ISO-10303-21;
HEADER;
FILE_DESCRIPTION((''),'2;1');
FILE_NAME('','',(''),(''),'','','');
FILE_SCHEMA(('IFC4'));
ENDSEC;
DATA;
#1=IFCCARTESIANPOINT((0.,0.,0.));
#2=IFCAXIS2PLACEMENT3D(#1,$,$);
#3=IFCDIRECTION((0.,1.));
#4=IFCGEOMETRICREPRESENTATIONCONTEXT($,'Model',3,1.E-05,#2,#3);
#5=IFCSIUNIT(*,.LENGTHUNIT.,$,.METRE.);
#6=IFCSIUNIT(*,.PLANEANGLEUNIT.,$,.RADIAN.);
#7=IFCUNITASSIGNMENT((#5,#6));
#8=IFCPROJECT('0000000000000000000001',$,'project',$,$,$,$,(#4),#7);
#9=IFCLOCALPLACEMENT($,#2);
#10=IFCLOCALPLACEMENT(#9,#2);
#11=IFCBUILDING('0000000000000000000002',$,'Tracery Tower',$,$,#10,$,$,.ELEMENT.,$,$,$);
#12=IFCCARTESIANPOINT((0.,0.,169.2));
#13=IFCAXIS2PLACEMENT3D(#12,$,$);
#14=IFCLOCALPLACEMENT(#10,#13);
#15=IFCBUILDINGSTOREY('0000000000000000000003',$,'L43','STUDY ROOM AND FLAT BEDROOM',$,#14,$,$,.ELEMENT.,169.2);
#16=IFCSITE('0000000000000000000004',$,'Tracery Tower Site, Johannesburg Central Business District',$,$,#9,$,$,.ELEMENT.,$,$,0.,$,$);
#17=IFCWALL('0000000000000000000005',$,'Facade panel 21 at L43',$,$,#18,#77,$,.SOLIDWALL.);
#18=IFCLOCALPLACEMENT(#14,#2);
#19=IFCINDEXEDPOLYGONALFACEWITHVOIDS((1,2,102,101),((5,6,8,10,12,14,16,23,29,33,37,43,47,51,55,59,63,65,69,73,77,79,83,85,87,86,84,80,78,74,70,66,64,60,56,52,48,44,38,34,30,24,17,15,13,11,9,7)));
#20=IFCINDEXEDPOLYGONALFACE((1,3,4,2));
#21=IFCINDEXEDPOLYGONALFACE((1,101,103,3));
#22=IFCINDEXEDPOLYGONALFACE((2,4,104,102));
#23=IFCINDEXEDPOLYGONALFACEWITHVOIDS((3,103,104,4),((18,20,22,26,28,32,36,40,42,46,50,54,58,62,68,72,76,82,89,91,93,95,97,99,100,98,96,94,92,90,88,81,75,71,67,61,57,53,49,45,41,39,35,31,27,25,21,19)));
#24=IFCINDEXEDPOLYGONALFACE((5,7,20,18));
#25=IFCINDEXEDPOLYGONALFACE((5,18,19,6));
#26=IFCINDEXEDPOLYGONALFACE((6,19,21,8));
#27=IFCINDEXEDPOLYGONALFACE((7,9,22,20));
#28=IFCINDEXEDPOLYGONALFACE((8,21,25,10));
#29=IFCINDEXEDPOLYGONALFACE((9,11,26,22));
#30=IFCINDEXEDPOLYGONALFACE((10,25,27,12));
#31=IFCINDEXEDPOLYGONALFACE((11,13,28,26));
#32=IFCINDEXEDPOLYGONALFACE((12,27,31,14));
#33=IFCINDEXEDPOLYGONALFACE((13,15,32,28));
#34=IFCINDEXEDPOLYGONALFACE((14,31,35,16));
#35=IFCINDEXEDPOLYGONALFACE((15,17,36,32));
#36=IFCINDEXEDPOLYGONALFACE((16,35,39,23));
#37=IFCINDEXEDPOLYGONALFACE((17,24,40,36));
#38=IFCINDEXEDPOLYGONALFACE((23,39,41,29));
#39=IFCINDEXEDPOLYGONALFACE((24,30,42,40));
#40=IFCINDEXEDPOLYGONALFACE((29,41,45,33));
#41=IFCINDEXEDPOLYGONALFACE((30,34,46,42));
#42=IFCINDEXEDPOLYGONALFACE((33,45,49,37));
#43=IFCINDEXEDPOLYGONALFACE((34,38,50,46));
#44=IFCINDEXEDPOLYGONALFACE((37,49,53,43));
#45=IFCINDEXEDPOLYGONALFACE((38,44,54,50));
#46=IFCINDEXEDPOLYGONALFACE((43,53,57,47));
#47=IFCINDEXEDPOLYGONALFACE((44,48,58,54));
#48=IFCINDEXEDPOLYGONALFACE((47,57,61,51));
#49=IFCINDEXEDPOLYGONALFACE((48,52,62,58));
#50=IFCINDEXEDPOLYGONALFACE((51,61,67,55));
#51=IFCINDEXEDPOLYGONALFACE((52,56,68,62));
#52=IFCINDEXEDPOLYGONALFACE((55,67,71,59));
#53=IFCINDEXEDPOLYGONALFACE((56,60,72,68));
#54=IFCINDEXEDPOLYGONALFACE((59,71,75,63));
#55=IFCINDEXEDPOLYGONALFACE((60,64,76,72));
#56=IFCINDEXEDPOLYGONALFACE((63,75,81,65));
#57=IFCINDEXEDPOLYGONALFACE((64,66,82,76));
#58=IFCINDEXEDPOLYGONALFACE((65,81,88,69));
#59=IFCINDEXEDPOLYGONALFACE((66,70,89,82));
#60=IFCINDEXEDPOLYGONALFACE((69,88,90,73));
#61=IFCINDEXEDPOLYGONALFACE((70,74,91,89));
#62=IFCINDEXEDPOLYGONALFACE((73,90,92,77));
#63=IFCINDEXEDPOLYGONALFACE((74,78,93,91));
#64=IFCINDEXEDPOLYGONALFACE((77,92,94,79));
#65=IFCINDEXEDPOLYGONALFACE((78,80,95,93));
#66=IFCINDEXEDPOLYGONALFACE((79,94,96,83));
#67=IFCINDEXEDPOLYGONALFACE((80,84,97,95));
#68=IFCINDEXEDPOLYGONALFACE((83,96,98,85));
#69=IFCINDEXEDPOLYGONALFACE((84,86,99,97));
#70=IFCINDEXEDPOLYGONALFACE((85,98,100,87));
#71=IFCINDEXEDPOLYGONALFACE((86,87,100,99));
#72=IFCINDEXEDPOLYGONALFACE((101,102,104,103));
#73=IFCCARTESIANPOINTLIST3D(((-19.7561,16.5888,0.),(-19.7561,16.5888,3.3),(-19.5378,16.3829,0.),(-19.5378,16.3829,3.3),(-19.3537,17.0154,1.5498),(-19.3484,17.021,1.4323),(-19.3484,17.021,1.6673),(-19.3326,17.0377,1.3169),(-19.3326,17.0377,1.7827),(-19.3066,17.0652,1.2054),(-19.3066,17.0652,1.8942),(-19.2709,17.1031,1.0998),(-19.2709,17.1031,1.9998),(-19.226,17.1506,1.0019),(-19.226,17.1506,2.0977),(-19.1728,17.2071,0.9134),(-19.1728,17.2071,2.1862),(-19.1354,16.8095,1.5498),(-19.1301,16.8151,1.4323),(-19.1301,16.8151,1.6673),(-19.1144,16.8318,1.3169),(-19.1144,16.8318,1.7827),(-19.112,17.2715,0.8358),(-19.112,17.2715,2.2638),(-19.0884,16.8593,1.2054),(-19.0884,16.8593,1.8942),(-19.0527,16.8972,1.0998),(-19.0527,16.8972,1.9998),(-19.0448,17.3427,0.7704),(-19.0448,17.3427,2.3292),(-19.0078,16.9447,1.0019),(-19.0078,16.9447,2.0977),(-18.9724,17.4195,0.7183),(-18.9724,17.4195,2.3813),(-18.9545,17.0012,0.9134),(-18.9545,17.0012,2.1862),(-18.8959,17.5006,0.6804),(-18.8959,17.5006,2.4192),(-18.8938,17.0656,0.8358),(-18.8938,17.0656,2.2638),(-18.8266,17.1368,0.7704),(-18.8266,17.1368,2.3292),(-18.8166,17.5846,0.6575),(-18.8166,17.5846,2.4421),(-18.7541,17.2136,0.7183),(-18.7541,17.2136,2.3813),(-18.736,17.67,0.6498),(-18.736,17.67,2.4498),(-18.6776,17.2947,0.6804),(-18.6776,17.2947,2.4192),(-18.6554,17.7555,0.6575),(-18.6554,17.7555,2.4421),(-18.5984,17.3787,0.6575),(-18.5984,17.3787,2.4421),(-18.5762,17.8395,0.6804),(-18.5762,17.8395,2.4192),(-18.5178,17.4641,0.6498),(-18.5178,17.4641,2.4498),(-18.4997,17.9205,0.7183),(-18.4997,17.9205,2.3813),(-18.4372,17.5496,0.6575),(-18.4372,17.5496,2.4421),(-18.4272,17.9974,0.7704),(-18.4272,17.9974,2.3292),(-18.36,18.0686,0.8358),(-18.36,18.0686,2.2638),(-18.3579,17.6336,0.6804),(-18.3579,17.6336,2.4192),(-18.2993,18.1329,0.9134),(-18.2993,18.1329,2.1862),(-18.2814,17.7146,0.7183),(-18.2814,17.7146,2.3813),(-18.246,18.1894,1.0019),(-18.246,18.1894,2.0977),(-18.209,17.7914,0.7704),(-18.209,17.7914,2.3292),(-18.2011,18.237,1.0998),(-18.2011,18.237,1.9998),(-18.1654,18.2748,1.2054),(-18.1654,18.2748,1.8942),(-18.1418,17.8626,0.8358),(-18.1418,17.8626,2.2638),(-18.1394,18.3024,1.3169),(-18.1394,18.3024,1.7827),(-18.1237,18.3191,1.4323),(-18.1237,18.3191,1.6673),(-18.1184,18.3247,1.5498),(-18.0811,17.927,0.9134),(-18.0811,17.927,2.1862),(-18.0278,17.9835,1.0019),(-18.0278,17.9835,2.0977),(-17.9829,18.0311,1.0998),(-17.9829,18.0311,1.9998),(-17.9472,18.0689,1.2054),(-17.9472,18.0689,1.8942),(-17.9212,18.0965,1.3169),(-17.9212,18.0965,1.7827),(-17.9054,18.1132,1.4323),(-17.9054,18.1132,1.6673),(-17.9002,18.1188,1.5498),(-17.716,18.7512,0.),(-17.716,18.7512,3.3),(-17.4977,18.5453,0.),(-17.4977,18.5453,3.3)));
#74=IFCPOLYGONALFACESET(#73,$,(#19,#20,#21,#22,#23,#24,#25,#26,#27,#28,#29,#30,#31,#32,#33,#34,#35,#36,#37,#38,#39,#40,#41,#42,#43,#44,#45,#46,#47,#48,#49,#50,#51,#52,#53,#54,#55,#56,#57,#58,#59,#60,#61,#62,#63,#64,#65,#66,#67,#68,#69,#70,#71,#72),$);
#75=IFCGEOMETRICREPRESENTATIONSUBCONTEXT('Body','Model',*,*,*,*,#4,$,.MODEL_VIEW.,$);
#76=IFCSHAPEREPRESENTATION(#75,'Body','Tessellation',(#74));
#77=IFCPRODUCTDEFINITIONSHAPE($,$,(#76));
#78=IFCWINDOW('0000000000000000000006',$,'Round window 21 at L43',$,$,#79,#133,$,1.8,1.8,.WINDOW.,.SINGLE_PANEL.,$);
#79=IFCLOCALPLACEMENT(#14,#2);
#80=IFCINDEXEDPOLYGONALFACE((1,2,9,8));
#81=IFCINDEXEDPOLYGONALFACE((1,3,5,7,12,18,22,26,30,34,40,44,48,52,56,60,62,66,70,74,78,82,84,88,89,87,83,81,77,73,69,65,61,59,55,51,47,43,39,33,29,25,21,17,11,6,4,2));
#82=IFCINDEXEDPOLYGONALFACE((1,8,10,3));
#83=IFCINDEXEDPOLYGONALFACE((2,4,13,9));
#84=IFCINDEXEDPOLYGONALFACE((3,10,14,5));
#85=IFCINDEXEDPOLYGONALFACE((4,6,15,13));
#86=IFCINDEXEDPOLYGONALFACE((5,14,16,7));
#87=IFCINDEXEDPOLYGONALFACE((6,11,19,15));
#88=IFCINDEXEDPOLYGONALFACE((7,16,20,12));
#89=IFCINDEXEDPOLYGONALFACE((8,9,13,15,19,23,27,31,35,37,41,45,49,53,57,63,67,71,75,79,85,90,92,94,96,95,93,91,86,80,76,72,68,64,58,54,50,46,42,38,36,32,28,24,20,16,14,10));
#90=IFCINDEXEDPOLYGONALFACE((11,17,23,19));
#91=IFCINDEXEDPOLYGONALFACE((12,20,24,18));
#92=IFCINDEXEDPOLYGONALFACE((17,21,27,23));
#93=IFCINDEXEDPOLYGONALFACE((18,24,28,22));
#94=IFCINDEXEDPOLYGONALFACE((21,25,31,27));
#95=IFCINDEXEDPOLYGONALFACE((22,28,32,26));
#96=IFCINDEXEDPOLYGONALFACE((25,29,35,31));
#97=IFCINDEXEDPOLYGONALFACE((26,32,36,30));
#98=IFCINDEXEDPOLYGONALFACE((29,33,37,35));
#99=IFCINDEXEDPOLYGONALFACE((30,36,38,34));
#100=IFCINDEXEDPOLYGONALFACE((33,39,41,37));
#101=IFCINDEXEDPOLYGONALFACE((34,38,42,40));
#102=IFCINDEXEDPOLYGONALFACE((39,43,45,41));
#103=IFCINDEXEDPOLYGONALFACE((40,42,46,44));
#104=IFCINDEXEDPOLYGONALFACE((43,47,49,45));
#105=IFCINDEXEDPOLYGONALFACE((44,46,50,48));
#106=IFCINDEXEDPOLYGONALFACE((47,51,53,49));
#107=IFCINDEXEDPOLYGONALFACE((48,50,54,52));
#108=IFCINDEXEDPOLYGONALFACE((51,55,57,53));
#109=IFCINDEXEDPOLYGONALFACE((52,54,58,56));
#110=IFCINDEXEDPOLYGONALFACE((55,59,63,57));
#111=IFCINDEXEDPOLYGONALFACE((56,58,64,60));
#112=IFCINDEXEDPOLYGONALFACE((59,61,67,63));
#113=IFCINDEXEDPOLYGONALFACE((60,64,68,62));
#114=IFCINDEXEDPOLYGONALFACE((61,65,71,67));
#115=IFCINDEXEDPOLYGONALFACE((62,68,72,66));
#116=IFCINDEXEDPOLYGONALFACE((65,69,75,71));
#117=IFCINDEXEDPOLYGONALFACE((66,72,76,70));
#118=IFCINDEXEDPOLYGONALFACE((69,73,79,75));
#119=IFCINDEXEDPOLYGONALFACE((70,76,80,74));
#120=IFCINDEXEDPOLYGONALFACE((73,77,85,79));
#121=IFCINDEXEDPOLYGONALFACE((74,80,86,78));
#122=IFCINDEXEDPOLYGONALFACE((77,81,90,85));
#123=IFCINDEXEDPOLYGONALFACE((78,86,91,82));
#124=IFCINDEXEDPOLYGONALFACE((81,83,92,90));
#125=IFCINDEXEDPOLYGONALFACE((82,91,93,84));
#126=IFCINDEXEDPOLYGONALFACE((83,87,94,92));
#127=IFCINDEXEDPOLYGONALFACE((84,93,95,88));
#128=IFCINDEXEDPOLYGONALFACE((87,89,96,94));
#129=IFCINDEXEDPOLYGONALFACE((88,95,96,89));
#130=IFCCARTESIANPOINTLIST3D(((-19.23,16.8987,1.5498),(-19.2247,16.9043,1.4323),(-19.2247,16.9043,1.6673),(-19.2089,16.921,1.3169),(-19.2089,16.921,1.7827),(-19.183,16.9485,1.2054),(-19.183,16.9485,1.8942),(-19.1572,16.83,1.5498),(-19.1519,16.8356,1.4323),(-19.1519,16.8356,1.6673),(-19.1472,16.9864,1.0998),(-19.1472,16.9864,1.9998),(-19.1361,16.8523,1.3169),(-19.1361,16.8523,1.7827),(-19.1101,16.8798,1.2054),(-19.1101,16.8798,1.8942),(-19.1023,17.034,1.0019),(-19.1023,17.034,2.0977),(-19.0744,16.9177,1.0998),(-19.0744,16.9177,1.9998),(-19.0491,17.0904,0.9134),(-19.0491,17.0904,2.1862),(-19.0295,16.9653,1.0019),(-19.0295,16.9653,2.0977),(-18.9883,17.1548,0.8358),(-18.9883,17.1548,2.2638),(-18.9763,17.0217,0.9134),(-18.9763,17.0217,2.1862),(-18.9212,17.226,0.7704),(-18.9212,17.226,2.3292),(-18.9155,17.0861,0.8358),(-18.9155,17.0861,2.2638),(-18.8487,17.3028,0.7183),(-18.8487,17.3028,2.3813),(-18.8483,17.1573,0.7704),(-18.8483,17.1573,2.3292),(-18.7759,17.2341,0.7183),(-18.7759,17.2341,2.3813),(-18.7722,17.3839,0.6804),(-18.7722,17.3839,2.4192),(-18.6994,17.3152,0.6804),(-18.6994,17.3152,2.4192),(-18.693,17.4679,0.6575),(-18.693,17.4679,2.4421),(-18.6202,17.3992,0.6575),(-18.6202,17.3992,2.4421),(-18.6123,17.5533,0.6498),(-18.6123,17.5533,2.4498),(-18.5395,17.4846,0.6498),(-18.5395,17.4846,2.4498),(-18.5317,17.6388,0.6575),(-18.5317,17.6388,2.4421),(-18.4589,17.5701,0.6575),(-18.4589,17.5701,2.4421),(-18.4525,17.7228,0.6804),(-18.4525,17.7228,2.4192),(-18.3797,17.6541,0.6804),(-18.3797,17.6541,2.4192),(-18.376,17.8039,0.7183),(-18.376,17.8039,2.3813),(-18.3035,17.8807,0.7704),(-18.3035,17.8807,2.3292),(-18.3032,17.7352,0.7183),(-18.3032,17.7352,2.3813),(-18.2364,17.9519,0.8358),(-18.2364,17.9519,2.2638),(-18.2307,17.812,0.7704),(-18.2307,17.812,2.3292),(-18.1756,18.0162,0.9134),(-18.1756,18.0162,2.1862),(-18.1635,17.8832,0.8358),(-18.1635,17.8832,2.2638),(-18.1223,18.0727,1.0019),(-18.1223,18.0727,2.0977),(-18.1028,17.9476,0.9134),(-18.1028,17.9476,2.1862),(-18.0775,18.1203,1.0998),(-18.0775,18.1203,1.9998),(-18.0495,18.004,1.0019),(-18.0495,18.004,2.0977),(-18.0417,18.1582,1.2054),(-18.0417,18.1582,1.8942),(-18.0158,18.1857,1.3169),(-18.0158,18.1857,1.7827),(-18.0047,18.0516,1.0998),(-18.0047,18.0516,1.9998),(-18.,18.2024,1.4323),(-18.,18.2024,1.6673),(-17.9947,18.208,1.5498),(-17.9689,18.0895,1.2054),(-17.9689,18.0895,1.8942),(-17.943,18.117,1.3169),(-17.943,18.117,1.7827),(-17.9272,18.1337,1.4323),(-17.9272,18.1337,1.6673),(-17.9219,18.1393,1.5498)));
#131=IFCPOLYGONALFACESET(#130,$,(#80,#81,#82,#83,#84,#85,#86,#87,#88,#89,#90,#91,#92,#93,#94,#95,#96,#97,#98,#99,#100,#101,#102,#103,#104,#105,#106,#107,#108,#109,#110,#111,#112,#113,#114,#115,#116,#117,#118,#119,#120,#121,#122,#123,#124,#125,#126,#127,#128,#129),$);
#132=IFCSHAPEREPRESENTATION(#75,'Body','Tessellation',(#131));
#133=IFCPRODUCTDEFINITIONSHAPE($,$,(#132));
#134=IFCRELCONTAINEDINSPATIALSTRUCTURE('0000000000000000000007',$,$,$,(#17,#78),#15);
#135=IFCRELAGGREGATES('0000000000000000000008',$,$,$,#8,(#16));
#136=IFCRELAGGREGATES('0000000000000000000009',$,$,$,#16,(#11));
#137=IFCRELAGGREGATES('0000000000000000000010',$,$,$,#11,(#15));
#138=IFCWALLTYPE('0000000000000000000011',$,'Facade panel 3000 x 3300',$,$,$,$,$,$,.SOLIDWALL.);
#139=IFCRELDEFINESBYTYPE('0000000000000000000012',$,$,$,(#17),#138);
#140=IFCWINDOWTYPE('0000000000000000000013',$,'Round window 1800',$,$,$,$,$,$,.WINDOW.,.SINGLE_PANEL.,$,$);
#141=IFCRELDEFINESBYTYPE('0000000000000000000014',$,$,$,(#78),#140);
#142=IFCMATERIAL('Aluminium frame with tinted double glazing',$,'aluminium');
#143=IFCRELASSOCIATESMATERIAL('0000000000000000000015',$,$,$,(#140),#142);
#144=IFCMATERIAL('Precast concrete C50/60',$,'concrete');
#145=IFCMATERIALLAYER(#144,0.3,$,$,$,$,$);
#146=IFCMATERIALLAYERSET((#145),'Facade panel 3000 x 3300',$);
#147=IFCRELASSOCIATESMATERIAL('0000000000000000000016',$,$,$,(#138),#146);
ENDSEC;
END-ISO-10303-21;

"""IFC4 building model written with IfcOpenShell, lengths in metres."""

from ifc_helpers import new_model, si_unit, direction, frame, frame_2d, origin, origin_2d, place, context, subcontext, project, spatial, rectangle, circle, extrude, material, layer, layer_set, type_object, element, fill, save


model = new_model("IFC4")

# Units and contexts
model_context = context("Model", 3, precision=1e-05, world=origin(), true_north=direction((0.0, 1.0)))
body_context = subcontext(model_context, "Body", "Model", "MODEL_VIEW")
ifc_project = project(units=[si_unit("LENGTHUNIT", "METRE"), si_unit("PLANEANGLEUNIT", "RADIAN")], contexts=[model_context])

# Site, building, storey
site_placement = place(None, origin())
site = spatial("IfcSite", under=ifc_project, at=site_placement, Name="Tracery Tower Site, Johannesburg Central Business District", CompositionType="ELEMENT", RefElevation=0.0)
building_placement = place(site_placement, origin())
building = spatial("IfcBuilding", under=site, at=building_placement, Name="Tracery Tower", CompositionType="ELEMENT")
storey_placement = place(building_placement, frame((0.0, 0.0, 169.2)))
storey = spatial("IfcBuildingStorey", under=building, at=storey_placement, Name="L43", Description="STUDY ROOM AND FLAT BEDROOM", CompositionType="ELEMENT", Elevation=169.2)

# Wall, opening, window
ifc_material_1 = material(Name="Aluminium frame with tinted double glazing", Category="aluminium")
window_type = type_object("IfcWindowType", Name="Round window 1800", PartitioningType="SINGLE_PANEL", PredefinedType="WINDOW", material=ifc_material_1)
ifc_material_2 = material(Name="Precast concrete C50/60", Category="concrete")
ifc_layer_1 = layer(ifc_material_2, 0.3)
ifc_layer_set_1 = layer_set([ifc_layer_1], Name="Facade panel 3000 x 3300")
wall_type_1 = type_object("IfcWallType", Name="Facade panel 3000 x 3300", PredefinedType="SOLIDWALL", material=ifc_layer_set_1)
wall_1_placement = place(storey_placement, frame((-17.6069, 18.6482, 0.0), z_axis=(0.0, 0.0, 1.0), x_axis=(-0.686235, -0.72738, 0.0)))
wall_1 = element("IfcWall", 1, at=wall_1_placement, inside=storey, type_object=wall_type_1, Name="Facade panel 21 at L43", PredefinedType="SOLIDWALL", context=body_context, shape_type="SweptSolid", body=[
    extrude(rectangle(XDim=2.9729, YDim=0.3, at=frame_2d((1.4863, 0.0))), origin(), (0.0, 0.0, 1.0), 3.3),
])
opening_1_placement = place(wall_1_placement, frame((1.4863, 0.0, 1.5498)))
opening_1 = element("IfcOpeningElement", 2, at=opening_1_placement, cuts=wall_1, PredefinedType="OPENING", context=body_context, shape_type="SweptSolid", body=[
    extrude(circle(Radius=0.9, at=origin_2d()), frame((0.0, 0.1599, 0.0), z_axis=(0.0, -1.0, 0.0), x_axis=(1.0, 0.0, 0.0)), (0.0, 0.0, 1.0), 0.3201),
])
window_1_placement = place(opening_1_placement, origin())
window_1 = element("IfcWindow", 3, at=window_1_placement, inside=storey, type_object=window_type, Name="Round window 21 at L43", OverallHeight=1.8, OverallWidth=1.8, PartitioningType="SINGLE_PANEL", PredefinedType="WINDOW", context=body_context, shape_type="SweptSolid", body=[
    extrude(circle(Radius=0.9, at=origin_2d()), frame((0.0, 0.1201, 0.0), z_axis=(0.0, -1.0, 0.0), x_axis=(1.0, 0.0, 0.0)), (0.0, 0.0, 1.0), 0.1001),
])
fill(opening_1, window_1)

save(model, "model.ifc")
